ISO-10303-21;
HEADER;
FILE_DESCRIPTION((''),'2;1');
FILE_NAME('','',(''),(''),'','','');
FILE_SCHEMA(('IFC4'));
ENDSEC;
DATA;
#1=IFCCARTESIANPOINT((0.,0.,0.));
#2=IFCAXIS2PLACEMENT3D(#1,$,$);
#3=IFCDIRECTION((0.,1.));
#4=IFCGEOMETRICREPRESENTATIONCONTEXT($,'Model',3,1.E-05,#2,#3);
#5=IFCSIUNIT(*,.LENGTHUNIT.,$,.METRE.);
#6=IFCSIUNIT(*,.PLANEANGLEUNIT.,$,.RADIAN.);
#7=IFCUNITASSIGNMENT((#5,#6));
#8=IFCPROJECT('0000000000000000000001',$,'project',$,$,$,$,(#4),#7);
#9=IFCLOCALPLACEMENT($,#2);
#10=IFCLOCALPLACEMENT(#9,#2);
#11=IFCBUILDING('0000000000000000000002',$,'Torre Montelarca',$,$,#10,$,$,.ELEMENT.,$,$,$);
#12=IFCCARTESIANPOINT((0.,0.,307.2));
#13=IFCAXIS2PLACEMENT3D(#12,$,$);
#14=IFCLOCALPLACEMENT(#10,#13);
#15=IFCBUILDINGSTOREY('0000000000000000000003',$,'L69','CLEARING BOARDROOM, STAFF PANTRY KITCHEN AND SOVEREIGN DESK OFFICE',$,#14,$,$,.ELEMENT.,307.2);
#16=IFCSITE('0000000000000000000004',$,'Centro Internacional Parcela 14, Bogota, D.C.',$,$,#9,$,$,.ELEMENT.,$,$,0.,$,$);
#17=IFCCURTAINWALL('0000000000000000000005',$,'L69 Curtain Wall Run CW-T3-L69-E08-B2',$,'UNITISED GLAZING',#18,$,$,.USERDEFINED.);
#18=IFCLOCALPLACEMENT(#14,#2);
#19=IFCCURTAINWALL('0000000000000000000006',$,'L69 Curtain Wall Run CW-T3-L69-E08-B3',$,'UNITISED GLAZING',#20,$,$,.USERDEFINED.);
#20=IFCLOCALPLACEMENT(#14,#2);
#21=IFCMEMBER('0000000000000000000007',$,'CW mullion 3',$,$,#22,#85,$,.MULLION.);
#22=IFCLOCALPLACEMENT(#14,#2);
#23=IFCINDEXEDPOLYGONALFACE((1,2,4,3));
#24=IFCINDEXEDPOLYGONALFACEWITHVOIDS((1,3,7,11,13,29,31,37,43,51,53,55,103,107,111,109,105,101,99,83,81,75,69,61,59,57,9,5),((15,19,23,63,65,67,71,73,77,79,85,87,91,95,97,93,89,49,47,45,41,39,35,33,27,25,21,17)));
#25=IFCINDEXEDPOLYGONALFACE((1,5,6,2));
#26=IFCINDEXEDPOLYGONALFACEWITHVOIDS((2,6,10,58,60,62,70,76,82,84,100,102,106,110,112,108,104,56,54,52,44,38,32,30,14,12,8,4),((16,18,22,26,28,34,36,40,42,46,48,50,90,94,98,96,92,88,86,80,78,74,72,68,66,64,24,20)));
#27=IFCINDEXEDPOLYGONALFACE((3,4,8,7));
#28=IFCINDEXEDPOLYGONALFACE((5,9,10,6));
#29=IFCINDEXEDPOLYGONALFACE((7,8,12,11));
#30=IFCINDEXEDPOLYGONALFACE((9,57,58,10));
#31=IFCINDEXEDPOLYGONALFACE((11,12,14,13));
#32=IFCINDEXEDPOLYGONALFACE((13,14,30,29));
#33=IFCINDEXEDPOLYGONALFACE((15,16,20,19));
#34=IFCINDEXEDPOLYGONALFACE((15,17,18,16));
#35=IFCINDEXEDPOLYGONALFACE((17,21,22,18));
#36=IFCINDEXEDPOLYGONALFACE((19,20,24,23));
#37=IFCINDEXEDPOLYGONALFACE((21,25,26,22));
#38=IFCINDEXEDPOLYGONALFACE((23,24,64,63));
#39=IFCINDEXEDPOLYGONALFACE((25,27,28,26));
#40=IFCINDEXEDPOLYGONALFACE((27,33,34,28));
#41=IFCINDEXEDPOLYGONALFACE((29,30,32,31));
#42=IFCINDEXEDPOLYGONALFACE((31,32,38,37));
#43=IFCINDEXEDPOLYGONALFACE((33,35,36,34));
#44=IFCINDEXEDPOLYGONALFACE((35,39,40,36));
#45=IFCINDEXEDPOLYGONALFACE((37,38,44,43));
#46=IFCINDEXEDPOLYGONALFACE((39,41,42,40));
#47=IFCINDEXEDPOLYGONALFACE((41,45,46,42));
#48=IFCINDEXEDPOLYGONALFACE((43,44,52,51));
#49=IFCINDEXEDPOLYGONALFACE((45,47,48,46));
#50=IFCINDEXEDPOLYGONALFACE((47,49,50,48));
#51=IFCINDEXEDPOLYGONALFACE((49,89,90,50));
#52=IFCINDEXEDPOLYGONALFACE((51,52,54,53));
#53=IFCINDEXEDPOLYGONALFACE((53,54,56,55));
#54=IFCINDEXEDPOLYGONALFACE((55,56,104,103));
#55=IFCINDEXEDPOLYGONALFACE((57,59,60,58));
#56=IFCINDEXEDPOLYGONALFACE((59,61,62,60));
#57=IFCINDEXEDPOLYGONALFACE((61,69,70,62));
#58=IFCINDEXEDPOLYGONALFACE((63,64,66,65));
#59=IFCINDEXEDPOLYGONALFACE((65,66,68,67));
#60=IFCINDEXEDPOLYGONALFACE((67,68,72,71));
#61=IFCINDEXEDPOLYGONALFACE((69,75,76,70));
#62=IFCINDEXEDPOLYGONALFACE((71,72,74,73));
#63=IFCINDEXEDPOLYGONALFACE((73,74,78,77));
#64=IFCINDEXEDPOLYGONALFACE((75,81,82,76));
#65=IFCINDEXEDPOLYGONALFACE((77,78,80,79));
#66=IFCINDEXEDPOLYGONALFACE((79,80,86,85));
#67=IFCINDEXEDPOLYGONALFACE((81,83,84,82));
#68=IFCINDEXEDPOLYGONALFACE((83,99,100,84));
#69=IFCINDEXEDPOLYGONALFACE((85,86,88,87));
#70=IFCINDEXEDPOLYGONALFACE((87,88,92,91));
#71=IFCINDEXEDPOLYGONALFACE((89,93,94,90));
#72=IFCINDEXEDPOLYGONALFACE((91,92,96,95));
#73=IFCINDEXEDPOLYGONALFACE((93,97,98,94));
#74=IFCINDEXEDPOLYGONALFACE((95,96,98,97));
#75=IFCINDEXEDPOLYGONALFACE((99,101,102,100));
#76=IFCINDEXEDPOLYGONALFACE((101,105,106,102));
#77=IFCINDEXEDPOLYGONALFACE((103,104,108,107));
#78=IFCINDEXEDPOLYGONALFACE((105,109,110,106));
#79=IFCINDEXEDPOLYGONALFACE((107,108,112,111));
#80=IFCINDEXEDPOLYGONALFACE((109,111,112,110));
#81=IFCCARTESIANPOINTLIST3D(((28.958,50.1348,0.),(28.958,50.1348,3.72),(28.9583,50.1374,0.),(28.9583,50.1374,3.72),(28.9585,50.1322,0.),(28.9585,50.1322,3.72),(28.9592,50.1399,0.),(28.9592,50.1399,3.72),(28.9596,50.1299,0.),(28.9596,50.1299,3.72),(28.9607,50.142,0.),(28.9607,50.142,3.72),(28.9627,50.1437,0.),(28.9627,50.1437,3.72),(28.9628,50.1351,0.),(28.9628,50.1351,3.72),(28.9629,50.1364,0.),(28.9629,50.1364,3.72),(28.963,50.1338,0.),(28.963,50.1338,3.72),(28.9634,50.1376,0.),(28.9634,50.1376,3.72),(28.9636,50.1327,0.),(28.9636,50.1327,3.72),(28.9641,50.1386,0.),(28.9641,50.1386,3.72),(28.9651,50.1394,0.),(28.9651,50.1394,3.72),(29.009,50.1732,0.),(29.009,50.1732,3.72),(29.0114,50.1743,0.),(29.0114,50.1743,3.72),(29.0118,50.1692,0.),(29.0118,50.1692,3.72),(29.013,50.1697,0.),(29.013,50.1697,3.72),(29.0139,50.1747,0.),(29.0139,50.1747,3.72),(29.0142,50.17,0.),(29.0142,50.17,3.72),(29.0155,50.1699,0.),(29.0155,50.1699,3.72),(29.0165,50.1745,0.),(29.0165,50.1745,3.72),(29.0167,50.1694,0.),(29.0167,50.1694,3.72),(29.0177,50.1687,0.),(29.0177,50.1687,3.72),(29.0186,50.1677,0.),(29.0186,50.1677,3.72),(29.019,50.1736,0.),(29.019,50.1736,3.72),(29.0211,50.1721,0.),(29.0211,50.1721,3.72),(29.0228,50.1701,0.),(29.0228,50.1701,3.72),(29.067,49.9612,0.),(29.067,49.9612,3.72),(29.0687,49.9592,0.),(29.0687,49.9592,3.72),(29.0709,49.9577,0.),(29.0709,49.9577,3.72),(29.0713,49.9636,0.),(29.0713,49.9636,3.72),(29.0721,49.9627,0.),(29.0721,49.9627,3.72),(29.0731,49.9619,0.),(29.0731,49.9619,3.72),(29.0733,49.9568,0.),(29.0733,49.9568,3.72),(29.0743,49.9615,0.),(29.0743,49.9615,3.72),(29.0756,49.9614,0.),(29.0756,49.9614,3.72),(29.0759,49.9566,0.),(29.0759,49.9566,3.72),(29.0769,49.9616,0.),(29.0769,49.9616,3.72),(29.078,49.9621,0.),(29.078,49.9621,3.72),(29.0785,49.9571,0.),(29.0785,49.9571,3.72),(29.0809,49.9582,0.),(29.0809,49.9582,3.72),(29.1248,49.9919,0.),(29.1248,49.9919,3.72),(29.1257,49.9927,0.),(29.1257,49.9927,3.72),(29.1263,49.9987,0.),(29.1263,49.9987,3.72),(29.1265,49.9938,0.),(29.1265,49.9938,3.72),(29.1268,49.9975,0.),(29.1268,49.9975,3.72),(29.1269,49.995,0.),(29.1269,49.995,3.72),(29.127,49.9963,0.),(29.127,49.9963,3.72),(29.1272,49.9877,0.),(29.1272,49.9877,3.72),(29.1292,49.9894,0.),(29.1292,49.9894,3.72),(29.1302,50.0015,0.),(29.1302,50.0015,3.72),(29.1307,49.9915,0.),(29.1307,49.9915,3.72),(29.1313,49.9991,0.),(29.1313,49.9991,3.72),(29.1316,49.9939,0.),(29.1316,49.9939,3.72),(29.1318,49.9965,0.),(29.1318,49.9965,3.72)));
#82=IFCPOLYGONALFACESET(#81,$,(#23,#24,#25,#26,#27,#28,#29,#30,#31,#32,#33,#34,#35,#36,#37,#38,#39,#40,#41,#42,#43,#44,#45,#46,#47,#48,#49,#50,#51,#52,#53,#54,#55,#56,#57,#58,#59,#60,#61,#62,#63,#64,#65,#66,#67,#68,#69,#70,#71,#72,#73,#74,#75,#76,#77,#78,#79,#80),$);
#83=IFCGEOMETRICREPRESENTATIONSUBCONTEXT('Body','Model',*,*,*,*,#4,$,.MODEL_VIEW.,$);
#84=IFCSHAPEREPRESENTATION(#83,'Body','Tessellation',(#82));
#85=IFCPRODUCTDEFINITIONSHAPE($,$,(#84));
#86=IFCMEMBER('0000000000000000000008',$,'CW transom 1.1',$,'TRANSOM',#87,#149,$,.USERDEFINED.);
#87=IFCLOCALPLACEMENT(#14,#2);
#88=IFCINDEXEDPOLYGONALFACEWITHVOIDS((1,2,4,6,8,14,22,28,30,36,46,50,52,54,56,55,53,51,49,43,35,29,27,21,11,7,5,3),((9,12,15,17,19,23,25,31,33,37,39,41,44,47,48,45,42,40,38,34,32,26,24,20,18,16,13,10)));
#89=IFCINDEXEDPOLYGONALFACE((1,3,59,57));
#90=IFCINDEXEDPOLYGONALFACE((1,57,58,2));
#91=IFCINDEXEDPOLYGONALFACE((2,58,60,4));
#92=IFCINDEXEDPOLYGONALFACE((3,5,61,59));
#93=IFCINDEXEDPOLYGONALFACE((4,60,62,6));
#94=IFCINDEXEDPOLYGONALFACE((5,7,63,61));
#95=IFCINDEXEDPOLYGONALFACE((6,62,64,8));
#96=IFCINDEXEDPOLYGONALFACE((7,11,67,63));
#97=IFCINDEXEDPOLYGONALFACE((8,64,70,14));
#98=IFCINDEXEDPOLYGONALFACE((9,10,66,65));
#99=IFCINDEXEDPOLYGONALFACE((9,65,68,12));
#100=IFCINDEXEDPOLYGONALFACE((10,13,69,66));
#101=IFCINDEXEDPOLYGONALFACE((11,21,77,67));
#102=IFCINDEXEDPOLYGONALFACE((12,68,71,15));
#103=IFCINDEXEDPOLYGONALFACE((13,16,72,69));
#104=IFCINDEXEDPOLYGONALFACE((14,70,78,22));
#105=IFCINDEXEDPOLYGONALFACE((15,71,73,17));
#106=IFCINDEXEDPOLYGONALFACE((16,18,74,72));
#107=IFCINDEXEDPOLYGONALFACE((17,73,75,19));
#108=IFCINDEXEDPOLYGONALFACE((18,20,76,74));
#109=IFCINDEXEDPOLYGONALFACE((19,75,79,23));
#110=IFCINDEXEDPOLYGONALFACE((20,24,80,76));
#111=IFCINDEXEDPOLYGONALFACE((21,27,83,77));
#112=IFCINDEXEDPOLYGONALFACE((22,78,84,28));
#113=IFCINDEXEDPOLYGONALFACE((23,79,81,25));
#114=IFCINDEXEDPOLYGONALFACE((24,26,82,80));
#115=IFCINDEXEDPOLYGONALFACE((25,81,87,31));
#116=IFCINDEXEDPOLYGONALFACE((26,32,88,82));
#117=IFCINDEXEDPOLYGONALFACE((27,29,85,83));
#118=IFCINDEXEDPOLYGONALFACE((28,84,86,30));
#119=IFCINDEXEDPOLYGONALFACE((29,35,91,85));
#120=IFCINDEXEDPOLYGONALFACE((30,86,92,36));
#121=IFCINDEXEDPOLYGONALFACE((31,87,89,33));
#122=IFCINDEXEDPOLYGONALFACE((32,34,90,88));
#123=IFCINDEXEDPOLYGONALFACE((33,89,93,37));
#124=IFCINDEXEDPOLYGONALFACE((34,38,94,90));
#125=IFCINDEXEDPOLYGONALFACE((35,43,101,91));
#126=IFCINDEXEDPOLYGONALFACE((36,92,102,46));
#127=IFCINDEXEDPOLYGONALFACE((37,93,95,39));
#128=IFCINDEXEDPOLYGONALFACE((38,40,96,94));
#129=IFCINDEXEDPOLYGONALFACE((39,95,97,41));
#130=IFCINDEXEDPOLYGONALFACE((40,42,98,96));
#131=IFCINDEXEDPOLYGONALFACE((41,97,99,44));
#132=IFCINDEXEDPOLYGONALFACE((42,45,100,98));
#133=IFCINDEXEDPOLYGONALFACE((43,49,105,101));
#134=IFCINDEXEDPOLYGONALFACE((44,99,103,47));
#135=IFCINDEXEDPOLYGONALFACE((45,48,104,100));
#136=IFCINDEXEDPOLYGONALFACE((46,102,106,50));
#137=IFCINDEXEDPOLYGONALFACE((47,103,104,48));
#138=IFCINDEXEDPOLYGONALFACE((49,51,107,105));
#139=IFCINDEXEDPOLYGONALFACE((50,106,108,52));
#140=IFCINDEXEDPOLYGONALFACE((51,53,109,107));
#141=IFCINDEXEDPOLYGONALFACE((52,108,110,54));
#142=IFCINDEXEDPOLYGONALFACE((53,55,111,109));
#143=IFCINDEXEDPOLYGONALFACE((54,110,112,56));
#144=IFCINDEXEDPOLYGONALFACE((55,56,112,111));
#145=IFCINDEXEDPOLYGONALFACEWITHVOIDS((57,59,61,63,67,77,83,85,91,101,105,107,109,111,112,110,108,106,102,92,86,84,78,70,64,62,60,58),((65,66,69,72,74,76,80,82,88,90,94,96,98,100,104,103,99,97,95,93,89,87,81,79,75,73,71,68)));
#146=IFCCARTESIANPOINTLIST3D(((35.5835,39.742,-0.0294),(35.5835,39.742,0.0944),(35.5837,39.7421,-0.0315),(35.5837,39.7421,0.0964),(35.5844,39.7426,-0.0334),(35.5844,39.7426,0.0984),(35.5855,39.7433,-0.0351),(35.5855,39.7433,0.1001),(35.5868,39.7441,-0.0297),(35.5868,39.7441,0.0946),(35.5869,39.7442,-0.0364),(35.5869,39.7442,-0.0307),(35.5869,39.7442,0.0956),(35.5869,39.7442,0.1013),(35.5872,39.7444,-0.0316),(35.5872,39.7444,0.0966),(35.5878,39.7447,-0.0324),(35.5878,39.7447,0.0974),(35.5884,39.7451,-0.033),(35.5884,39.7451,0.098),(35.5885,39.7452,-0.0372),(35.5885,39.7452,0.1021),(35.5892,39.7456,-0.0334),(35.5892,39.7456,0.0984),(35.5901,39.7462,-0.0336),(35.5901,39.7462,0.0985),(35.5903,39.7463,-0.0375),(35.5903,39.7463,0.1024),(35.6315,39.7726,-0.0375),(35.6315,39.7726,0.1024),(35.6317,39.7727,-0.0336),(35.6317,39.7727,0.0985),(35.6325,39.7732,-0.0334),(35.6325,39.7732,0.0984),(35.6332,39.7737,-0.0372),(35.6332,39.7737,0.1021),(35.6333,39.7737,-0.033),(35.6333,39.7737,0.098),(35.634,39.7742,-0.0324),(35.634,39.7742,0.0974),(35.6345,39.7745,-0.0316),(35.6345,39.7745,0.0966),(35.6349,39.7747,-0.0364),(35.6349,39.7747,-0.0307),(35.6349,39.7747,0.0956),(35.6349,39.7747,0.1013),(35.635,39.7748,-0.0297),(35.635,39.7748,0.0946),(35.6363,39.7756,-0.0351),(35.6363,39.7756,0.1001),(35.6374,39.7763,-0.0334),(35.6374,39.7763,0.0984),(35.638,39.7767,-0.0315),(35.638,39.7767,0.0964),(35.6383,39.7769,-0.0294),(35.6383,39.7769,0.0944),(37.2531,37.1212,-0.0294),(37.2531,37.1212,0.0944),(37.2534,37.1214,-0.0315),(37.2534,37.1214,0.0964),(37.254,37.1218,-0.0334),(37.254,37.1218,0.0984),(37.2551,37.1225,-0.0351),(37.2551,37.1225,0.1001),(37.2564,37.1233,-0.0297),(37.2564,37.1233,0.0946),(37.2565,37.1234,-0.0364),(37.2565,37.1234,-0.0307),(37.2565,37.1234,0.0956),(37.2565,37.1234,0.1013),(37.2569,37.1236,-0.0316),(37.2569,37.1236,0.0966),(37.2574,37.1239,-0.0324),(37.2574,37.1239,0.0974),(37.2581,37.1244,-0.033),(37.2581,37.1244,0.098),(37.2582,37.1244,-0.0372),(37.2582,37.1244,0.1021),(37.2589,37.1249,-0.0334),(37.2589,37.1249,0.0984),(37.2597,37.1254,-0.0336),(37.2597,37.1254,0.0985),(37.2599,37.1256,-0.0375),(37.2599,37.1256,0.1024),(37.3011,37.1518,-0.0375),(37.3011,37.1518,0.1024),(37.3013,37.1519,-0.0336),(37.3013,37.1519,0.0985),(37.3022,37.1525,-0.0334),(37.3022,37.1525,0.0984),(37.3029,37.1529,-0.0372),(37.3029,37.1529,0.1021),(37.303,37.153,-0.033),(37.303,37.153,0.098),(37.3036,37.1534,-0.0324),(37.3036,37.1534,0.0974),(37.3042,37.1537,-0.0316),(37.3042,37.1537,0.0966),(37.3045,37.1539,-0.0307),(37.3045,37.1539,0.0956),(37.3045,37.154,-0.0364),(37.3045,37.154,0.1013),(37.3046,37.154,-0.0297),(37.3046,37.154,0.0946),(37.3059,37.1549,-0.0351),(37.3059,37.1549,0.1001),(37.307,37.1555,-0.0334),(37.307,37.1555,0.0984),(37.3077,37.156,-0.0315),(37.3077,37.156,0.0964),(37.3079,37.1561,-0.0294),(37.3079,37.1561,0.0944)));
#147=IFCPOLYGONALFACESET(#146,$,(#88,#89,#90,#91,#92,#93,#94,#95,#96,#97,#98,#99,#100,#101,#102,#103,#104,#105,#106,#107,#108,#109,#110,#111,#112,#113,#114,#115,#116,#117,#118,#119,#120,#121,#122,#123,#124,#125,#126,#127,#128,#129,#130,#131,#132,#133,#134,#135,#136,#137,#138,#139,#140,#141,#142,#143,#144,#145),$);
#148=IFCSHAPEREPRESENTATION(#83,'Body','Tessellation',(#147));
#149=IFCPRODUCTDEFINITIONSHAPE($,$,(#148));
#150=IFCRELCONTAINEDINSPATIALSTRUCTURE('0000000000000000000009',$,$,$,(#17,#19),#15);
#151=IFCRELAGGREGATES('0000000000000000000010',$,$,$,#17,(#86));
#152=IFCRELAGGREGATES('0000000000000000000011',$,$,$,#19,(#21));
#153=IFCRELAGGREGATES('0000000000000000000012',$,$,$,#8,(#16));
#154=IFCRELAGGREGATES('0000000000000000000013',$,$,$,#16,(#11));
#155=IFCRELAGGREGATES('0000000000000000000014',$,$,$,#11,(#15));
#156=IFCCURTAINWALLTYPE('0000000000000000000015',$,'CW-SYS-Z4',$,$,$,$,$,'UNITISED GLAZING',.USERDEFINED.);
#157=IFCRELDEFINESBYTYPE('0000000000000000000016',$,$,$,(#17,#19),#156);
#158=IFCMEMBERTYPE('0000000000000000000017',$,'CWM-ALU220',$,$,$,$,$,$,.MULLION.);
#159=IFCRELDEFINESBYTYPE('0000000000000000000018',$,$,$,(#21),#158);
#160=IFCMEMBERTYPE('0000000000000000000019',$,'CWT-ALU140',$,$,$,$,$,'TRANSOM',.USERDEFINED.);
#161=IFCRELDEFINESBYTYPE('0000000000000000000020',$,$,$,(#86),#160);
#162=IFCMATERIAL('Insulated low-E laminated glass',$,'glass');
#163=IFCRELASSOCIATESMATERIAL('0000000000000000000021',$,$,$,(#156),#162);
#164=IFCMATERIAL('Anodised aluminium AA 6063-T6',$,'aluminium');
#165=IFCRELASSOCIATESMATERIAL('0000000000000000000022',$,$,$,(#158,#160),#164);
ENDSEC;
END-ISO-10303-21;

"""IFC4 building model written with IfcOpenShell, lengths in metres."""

from ifc_helpers import new_model, si_unit, direction, frame, origin, origin_2d, place, context, subcontext, project, spatial, hollow_rectangle, extrude, source, transform, mapped, material, material_profile, profile_set, type_object, element, aggregate, save


model = new_model("IFC4")

# Units and contexts
model_context = context("Model", 3, precision=1e-05, world=origin(), true_north=direction((0.0, 1.0)))
body_context = subcontext(model_context, "Body", "Model", "MODEL_VIEW")
ifc_project = project(units=[si_unit("LENGTHUNIT", "METRE"), si_unit("PLANEANGLEUNIT", "RADIAN")], contexts=[model_context])

# Site, building, storey
site_placement = place(None, origin())
site = spatial("IfcSite", under=ifc_project, at=site_placement, Name="Centro Internacional Parcela 14, Bogota, D.C.", CompositionType="ELEMENT", RefElevation=0.0)
building_placement = place(site_placement, origin())
building = spatial("IfcBuilding", under=site, at=building_placement, Name="Torre Montelarca", CompositionType="ELEMENT")
storey_placement = place(building_placement, frame((0.0, 0.0, 307.2)))
storey = spatial("IfcBuildingStorey", under=building, at=storey_placement, Name="L69", Description="CLEARING BOARDROOM, STAFF PANTRY KITCHEN AND SOVEREIGN DESK OFFICE", CompositionType="ELEMENT", Elevation=307.2)

# Shared definitions
ifc_material_1 = material(Name="Insulated low-E laminated glass", Category="glass")
curtain_wall_type = type_object("IfcCurtainWallType", Name="CW-SYS-Z4", ElementType="UNITISED GLAZING", PredefinedType="USERDEFINED", material=ifc_material_1)
ifc_material_2 = material(Name="Anodised aluminium AA 6063-T6", Category="aluminium")
ifc_material_profile_1 = material_profile(ifc_material_2, hollow_rectangle(XDim=0.075, YDim=0.22, WallThickness=0.0049, InnerFilletRadius=0.0049, OuterFilletRadius=0.01, at=origin_2d()), Name="ALU75X220X5", Category="aluminium")
ifc_profile_set_1 = profile_set([ifc_material_profile_1], Name="Anodised aluminium AA 6063-T6")
member_type_1 = type_object("IfcMemberType", Name="CWM-ALU220", PredefinedType="MULLION", material=ifc_profile_set_1)
shared_shape_1 = source(origin(), body_context, "Body", "SweptSolid", [
    extrude(hollow_rectangle(XDim=0.075, YDim=0.22, WallThickness=0.0049, InnerFilletRadius=0.0049, OuterFilletRadius=0.01, at=origin_2d()), origin(), (0.0, 0.0, 1.0), 3.72),
])

# Curtain walls, member
curtain_wall_1_placement = place(storey_placement, origin())
curtain_wall_1 = element("IfcCurtainWall", 1, at=curtain_wall_1_placement, inside=storey, type_object=curtain_wall_type, Name="L69 Curtain Wall Run CW-T3-L69-E08-B2", ObjectType="UNITISED GLAZING", PredefinedType="USERDEFINED")
curtain_wall_2_placement = place(storey_placement, origin())
curtain_wall_2 = element("IfcCurtainWall", 2, at=curtain_wall_2_placement, inside=storey, type_object=curtain_wall_type, Name="L69 Curtain Wall Run CW-T3-L69-E08-B3", ObjectType="UNITISED GLAZING", PredefinedType="USERDEFINED")
member_1_placement = place(storey_placement, frame((29.0449, 50.0657, 0.0), z_axis=(0.0, 0.0, 1.0), x_axis=(-0.84339, -0.537301, 0.0)))
member_1 = element("IfcMember", 3, at=member_1_placement, type_object=member_type_1, Name="CW mullion 3", PredefinedType="MULLION", context=body_context, shape_type="MappedRepresentation", body=[
    mapped(shared_shape_1, transform((0.0, 0.0, 0.0), scale=1.0)),
])

# Member
ifc_material_profile_2 = material_profile(ifc_material_2, hollow_rectangle(XDim=0.0649, YDim=0.1399, WallThickness=0.0039, InnerFilletRadius=0.0039, OuterFilletRadius=0.0081, at=origin_2d()), Name="ALU65X140X4", Category="aluminium")
ifc_profile_set_2 = profile_set([ifc_material_profile_2], Name="Anodised aluminium AA 6063-T6")
member_type_2 = type_object("IfcMemberType", Name="CWT-ALU140", ElementType="TRANSOM", PredefinedType="USERDEFINED", material=ifc_profile_set_2)
shared_shape_2 = source(origin(), body_context, "Body", "SweptSolid", [
    extrude(hollow_rectangle(XDim=0.0649, YDim=0.1399, WallThickness=0.0039, InnerFilletRadius=0.0039, OuterFilletRadius=0.0081, at=origin_2d()), origin(), (0.0, 0.0, 1.0), 3.1074),
])
member_2_placement = place(storey_placement, frame((37.2805, 37.1387, 0.0325), z_axis=(-0.537302, 0.84339, 0.0), x_axis=(-0.84339, -0.537302, 0.0)))
member_2 = element("IfcMember", 4, at=member_2_placement, type_object=member_type_2, Name="CW transom 1.1", ObjectType="TRANSOM", PredefinedType="USERDEFINED", context=body_context, shape_type="MappedRepresentation", body=[
    mapped(shared_shape_2, transform((0.0, 0.0, 0.0), scale=1.0)),
])

aggregate(curtain_wall_1, [member_2])
aggregate(curtain_wall_2, [member_1])

save(model, "model.ifc")
